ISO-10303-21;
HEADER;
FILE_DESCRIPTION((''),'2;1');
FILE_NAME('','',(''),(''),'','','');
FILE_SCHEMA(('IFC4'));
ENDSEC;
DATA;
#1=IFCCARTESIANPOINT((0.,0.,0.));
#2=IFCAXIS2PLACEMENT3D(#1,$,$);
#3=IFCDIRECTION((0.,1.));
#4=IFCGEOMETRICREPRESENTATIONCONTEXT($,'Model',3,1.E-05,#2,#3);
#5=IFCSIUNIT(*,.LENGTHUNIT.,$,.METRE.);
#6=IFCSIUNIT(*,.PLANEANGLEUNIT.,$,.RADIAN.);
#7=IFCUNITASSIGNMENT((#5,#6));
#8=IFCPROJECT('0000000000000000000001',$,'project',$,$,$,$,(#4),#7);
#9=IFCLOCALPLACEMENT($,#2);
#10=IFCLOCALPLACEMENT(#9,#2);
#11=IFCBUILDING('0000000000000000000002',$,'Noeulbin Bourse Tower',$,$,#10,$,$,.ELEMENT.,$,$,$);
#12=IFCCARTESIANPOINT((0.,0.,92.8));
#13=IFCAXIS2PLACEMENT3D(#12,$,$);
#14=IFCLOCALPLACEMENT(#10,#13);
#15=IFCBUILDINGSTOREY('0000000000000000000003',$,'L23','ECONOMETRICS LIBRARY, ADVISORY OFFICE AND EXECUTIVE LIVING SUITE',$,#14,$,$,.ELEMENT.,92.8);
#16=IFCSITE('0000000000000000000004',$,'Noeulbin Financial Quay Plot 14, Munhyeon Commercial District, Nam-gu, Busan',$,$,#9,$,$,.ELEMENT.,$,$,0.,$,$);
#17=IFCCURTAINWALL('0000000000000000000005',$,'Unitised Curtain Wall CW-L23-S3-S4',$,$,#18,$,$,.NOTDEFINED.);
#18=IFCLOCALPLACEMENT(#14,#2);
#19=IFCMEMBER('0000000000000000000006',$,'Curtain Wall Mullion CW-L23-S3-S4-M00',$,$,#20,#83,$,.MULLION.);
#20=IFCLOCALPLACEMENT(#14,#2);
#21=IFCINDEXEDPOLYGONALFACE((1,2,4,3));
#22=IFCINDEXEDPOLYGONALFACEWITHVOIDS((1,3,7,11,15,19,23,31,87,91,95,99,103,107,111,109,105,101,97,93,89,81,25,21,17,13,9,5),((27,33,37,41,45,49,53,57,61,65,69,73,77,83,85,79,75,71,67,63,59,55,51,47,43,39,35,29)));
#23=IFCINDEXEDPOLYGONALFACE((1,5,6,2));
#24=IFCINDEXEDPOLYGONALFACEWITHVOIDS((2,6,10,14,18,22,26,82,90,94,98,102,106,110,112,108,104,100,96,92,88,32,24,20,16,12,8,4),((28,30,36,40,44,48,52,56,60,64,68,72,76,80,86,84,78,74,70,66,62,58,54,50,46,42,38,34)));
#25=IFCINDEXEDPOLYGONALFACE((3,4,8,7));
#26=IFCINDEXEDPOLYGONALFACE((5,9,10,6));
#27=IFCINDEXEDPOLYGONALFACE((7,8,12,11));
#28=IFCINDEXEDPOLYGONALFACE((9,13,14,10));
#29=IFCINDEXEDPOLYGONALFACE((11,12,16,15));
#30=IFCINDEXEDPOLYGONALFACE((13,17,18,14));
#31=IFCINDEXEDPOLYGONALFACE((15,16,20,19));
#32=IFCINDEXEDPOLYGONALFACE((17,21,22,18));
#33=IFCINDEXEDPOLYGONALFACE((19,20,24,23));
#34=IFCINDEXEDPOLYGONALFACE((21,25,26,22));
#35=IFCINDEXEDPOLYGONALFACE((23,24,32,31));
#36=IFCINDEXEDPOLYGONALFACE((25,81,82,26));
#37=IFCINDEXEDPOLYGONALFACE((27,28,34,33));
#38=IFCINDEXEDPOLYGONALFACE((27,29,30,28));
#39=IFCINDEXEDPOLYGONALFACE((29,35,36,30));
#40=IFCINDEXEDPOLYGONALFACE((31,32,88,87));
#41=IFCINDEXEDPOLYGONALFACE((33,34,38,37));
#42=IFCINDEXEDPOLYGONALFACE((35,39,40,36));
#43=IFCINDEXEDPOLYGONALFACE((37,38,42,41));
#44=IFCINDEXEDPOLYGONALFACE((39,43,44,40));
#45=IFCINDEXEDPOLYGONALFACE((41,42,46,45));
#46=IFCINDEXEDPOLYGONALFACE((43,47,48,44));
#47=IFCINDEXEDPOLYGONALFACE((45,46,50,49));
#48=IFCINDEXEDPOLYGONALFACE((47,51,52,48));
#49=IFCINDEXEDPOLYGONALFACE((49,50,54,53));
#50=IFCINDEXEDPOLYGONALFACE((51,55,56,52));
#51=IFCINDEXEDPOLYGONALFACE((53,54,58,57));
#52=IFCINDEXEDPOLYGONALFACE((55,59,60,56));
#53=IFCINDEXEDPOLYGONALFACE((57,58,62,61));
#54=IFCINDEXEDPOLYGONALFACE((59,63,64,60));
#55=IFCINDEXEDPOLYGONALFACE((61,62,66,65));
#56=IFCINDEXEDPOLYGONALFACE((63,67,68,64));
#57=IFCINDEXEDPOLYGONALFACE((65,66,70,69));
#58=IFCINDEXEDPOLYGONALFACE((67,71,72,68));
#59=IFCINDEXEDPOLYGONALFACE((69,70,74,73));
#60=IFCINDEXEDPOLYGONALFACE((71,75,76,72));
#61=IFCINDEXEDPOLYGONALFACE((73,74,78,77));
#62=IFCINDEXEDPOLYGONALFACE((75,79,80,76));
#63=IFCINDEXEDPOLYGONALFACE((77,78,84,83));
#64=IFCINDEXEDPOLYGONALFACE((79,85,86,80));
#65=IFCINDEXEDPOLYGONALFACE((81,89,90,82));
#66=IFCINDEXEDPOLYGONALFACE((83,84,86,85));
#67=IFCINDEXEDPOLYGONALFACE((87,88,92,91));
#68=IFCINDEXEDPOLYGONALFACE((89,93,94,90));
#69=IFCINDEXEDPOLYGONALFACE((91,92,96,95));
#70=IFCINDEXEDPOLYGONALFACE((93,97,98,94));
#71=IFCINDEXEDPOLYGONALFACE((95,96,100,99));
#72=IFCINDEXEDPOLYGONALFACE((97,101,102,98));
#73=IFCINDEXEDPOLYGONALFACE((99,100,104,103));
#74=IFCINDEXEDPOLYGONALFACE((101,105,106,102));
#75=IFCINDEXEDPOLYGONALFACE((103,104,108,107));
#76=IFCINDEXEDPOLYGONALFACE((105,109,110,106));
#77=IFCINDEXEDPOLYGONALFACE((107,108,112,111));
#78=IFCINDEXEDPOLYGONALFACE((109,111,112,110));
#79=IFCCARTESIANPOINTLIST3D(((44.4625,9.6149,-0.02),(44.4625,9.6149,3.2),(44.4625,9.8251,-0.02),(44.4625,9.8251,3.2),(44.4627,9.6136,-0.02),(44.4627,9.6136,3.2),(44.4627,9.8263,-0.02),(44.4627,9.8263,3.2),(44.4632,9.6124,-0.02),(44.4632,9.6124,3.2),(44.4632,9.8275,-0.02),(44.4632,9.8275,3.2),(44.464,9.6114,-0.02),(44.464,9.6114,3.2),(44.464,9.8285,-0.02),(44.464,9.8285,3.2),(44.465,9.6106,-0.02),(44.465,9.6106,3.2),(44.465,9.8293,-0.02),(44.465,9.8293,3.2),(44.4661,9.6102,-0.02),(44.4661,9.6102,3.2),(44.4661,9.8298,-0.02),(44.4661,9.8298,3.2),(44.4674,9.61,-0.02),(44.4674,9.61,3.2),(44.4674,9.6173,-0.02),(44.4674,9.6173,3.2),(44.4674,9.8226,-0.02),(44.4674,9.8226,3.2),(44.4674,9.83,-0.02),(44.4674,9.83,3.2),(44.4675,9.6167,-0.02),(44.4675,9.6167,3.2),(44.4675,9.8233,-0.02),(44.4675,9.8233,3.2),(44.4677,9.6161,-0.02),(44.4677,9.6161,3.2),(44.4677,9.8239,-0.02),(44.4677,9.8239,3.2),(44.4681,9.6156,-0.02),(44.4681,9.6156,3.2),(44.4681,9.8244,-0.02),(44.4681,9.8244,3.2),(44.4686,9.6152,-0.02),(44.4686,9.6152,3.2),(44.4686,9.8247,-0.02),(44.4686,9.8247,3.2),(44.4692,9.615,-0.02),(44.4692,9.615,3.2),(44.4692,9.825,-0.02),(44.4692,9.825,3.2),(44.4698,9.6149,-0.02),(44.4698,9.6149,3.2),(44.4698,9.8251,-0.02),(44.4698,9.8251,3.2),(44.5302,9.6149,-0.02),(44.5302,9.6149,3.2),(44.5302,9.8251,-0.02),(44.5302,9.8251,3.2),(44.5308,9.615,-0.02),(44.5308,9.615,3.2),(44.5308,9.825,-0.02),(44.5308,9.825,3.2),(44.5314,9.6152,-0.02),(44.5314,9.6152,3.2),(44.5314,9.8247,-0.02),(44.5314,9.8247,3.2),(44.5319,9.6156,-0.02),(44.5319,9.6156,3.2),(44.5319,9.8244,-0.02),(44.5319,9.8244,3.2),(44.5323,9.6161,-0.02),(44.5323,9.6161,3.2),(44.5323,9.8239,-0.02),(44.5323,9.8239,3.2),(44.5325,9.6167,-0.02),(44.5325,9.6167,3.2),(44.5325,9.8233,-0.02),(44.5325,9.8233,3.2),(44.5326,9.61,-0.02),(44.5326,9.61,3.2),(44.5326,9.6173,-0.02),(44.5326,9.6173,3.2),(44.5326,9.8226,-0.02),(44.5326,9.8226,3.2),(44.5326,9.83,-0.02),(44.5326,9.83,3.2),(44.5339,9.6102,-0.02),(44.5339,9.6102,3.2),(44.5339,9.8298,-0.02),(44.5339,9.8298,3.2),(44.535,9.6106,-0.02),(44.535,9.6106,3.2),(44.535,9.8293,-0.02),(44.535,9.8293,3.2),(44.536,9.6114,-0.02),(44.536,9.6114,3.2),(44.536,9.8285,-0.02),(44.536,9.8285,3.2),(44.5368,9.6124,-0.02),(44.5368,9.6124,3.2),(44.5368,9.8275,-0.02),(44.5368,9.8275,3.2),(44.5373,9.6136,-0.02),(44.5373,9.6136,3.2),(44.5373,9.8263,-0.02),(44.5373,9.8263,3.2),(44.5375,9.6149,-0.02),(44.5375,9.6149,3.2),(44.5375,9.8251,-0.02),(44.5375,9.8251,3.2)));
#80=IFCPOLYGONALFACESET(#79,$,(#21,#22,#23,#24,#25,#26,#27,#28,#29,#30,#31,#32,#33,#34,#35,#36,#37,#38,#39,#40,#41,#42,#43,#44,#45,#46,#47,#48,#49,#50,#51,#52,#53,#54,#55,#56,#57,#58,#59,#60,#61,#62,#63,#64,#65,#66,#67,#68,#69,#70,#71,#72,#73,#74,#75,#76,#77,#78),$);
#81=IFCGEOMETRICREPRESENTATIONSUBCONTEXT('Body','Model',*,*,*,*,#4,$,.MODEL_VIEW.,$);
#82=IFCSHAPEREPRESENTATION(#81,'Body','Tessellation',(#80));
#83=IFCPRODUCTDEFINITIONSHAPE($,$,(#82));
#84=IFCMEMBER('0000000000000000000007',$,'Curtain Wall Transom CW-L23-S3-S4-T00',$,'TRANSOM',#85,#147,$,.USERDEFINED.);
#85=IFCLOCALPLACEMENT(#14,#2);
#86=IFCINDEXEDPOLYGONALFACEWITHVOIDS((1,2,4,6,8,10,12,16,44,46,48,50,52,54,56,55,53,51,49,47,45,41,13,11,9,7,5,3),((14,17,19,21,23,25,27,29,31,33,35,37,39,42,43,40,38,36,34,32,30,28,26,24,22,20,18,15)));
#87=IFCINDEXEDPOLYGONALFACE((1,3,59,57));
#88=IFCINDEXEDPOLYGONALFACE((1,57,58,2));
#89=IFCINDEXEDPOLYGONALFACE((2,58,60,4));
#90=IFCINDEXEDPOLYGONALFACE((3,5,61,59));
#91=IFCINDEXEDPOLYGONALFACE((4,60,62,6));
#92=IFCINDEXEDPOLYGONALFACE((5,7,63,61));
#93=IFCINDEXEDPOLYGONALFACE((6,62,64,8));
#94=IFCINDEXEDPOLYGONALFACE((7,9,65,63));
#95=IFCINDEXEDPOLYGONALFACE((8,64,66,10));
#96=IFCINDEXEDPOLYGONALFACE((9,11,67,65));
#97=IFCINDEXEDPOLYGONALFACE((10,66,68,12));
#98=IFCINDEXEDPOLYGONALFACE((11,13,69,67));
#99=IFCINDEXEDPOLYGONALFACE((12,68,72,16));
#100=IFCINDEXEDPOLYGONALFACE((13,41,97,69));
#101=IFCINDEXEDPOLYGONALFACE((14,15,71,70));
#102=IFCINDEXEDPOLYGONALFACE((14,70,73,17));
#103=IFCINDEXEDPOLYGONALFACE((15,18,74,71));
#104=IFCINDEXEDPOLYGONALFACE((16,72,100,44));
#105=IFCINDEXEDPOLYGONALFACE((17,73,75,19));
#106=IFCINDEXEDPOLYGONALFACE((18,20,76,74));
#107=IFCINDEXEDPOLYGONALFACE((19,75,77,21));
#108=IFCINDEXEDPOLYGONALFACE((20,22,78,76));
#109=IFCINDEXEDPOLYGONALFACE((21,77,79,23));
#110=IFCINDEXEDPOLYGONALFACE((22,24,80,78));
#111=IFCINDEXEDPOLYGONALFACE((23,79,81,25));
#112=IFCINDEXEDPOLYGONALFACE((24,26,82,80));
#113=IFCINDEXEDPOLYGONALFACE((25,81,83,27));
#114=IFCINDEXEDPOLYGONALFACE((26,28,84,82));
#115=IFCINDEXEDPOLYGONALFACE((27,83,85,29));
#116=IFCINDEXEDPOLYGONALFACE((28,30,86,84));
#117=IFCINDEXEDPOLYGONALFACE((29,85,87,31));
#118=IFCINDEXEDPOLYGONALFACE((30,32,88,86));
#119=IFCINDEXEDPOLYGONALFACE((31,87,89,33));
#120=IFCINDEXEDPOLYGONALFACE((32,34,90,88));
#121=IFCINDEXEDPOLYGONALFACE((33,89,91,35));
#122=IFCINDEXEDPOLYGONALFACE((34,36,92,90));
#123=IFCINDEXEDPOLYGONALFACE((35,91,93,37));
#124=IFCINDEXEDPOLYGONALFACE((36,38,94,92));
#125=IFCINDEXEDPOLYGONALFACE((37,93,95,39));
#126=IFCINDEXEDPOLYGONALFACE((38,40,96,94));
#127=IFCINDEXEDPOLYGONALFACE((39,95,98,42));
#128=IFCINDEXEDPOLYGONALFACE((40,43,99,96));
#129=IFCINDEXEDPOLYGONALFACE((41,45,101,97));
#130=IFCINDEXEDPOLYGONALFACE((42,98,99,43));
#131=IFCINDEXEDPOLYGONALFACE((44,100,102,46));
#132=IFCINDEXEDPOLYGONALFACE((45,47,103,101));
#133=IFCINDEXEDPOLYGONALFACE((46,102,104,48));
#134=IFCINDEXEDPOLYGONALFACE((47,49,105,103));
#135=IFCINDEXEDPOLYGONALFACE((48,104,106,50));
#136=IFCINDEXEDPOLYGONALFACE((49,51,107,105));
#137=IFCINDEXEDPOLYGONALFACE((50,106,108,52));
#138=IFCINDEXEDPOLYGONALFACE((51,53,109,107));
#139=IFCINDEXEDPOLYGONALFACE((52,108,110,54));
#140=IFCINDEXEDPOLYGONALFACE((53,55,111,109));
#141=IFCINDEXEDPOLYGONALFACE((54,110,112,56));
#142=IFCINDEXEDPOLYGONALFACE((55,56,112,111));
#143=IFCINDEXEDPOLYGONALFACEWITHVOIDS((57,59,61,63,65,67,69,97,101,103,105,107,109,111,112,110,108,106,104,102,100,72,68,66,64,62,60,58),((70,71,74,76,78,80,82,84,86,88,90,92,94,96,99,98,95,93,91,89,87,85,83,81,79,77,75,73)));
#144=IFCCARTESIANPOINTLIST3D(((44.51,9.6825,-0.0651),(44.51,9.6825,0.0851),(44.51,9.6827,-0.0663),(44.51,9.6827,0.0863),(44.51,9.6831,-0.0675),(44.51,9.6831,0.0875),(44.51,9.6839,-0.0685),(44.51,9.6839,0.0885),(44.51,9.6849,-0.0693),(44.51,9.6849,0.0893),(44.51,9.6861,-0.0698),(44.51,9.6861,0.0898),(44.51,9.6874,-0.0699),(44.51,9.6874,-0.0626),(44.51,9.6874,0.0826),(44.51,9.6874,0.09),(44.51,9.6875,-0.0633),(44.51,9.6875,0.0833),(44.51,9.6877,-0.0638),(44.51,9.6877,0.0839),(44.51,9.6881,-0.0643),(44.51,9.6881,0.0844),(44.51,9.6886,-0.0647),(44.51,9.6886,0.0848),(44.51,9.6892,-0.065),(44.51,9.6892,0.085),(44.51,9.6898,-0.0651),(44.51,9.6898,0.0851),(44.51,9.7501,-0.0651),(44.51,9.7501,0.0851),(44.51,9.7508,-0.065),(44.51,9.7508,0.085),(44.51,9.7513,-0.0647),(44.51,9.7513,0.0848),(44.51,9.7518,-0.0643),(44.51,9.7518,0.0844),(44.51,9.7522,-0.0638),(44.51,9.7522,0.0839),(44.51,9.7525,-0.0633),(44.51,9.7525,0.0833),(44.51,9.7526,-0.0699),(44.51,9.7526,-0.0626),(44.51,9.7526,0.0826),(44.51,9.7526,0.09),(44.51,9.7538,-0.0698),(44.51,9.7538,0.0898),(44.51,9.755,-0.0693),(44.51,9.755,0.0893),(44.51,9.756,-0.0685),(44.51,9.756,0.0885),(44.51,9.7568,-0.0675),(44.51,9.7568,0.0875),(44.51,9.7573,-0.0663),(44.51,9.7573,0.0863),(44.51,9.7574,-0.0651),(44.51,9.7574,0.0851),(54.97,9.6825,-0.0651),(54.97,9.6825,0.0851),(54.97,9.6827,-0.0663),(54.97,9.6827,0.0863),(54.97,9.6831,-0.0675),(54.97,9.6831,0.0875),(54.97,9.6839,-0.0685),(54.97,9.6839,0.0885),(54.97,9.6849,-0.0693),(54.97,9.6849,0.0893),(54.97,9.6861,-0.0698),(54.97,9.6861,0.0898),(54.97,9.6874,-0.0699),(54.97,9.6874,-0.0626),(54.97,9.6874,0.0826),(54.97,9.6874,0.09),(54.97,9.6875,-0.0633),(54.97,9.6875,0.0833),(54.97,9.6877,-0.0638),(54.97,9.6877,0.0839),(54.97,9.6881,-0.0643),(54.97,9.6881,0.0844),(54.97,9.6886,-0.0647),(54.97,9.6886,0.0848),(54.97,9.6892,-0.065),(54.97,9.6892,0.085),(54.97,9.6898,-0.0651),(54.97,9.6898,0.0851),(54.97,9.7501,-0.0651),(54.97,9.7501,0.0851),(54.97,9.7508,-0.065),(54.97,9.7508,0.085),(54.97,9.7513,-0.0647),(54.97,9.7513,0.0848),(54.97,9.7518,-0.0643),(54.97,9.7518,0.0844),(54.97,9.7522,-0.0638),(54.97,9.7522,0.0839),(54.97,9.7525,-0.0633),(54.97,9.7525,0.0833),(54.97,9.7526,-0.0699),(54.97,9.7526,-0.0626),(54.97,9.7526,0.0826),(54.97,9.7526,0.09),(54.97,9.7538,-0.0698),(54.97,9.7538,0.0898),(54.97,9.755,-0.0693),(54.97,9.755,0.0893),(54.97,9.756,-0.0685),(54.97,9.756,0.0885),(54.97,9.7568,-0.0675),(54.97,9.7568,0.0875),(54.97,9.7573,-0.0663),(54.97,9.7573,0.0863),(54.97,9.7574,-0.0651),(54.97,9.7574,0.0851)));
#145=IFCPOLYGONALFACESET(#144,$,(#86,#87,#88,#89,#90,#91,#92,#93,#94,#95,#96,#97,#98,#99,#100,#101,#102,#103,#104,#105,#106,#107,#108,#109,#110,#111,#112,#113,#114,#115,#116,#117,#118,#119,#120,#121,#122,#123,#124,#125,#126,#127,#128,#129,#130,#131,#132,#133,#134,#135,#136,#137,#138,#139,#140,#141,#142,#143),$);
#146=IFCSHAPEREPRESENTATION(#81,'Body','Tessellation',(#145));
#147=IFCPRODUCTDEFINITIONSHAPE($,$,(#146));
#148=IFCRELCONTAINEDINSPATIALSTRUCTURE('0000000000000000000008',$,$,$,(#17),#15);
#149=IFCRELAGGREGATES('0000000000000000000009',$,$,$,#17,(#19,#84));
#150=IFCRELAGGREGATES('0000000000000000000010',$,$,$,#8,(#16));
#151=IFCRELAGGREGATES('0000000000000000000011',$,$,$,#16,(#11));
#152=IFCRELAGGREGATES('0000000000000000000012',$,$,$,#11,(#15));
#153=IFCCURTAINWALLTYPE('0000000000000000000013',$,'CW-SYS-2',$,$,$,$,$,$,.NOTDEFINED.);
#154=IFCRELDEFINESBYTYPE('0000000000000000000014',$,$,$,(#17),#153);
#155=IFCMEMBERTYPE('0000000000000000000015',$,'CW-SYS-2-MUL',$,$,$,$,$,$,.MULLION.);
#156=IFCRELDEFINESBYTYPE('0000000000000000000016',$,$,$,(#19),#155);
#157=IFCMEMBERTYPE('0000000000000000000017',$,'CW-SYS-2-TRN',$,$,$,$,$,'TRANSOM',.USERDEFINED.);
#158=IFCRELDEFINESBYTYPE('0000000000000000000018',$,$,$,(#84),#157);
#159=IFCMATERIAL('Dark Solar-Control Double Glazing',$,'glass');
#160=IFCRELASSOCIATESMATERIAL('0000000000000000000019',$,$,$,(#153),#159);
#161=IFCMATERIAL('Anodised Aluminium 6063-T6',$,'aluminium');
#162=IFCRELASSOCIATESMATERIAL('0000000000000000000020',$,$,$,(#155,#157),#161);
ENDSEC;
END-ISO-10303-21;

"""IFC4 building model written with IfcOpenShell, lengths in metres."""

from ifc_helpers import new_model, si_unit, direction, frame, origin, origin_2d, place, context, subcontext, project, spatial, hollow_rectangle, extrude, material, material_profile, profile_set, type_object, element, aggregate, save


model = new_model("IFC4")

# Units and contexts
model_context = context("Model", 3, precision=1e-05, world=origin(), true_north=direction((0.0, 1.0)))
body_context = subcontext(model_context, "Body", "Model", "MODEL_VIEW")
ifc_project = project(units=[si_unit("LENGTHUNIT", "METRE"), si_unit("PLANEANGLEUNIT", "RADIAN")], contexts=[model_context])

# Site, building, storey
site_placement = place(None, origin())
site = spatial("IfcSite", under=ifc_project, at=site_placement, Name="Noeulbin Financial Quay Plot 14, Munhyeon Commercial District, Nam-gu, Busan", CompositionType="ELEMENT", RefElevation=0.0)
building_placement = place(site_placement, origin())
building = spatial("IfcBuilding", under=site, at=building_placement, Name="Noeulbin Bourse Tower", CompositionType="ELEMENT")
storey_placement = place(building_placement, frame((0.0, 0.0, 92.8)))
storey = spatial("IfcBuildingStorey", under=building, at=storey_placement, Name="L23", Description="ECONOMETRICS LIBRARY, ADVISORY OFFICE AND EXECUTIVE LIVING SUITE", CompositionType="ELEMENT", Elevation=92.8)

# Shared definitions
ifc_material_1 = material(Name="Dark Solar-Control Double Glazing", Category="glass")
curtain_wall_type = type_object("IfcCurtainWallType", Name="CW-SYS-2", PredefinedType="NOTDEFINED", material=ifc_material_1)
ifc_material_2 = material(Name="Anodised Aluminium 6063-T6", Category="aluminium")
ifc_material_profile_1 = material_profile(ifc_material_2, hollow_rectangle(XDim=0.075, YDim=0.22, WallThickness=0.0049, InnerFilletRadius=0.0024, OuterFilletRadius=0.0049, at=origin_2d()), Name="ALU-MULL-75x220x5", Category="LoadBearing")
ifc_profile_set_1 = profile_set([ifc_material_profile_1], Name="Anodised Aluminium 6063-T6")
member_type_1 = type_object("IfcMemberType", Name="CW-SYS-2-MUL", PredefinedType="MULLION", material=ifc_profile_set_1)

# Curtain wall, members
curtain_wall_1_placement = place(storey_placement, origin())
curtain_wall_1 = element("IfcCurtainWall", 1, at=curtain_wall_1_placement, inside=storey, type_object=curtain_wall_type, Name="Unitised Curtain Wall CW-L23-S3-S4", PredefinedType="NOTDEFINED")
member_1_placement = place(storey_placement, frame((44.5, 9.72, -0.02), z_axis=(0.0, 0.0, 1.0), x_axis=(1.0, 0.0, 0.0)))
member_1 = element("IfcMember", 2, at=member_1_placement, type_object=member_type_1, Name="Curtain Wall Mullion CW-L23-S3-S4-M00", PredefinedType="MULLION", context=body_context, shape_type="SweptSolid", body=[
    extrude(hollow_rectangle(XDim=0.075, YDim=0.22, WallThickness=0.0049, InnerFilletRadius=0.0024, OuterFilletRadius=0.0049, at=origin_2d()), origin(), (0.0, 0.0, 1.0), 3.22),
])
ifc_material_profile_2 = material_profile(ifc_material_2, hollow_rectangle(XDim=0.075, YDim=0.1599, WallThickness=0.0049, InnerFilletRadius=0.0024, OuterFilletRadius=0.0049, at=origin_2d()), Name="ALU-TRAN-75x160x5", Category="LoadBearing")
ifc_profile_set_2 = profile_set([ifc_material_profile_2], Name="Anodised Aluminium 6063-T6")
member_type_2 = type_object("IfcMemberType", Name="CW-SYS-2-TRN", ElementType="TRANSOM", PredefinedType="USERDEFINED", material=ifc_profile_set_2)
member_2_placement = place(storey_placement, frame((44.51, 9.72, 0.01), z_axis=(1.0, 0.0, 0.0), x_axis=(0.0, 1.0, 0.0)))
member_2 = element("IfcMember", 3, at=member_2_placement, type_object=member_type_2, Name="Curtain Wall Transom CW-L23-S3-S4-T00", ObjectType="TRANSOM", PredefinedType="USERDEFINED", context=body_context, shape_type="SweptSolid", body=[
    extrude(hollow_rectangle(XDim=0.075, YDim=0.1599, WallThickness=0.0049, InnerFilletRadius=0.0024, OuterFilletRadius=0.0049, at=origin_2d()), origin(), (0.0, 0.0, 1.0), 10.46),
])
aggregate(curtain_wall_1, [member_1, member_2])

save(model, "model.ifc")
